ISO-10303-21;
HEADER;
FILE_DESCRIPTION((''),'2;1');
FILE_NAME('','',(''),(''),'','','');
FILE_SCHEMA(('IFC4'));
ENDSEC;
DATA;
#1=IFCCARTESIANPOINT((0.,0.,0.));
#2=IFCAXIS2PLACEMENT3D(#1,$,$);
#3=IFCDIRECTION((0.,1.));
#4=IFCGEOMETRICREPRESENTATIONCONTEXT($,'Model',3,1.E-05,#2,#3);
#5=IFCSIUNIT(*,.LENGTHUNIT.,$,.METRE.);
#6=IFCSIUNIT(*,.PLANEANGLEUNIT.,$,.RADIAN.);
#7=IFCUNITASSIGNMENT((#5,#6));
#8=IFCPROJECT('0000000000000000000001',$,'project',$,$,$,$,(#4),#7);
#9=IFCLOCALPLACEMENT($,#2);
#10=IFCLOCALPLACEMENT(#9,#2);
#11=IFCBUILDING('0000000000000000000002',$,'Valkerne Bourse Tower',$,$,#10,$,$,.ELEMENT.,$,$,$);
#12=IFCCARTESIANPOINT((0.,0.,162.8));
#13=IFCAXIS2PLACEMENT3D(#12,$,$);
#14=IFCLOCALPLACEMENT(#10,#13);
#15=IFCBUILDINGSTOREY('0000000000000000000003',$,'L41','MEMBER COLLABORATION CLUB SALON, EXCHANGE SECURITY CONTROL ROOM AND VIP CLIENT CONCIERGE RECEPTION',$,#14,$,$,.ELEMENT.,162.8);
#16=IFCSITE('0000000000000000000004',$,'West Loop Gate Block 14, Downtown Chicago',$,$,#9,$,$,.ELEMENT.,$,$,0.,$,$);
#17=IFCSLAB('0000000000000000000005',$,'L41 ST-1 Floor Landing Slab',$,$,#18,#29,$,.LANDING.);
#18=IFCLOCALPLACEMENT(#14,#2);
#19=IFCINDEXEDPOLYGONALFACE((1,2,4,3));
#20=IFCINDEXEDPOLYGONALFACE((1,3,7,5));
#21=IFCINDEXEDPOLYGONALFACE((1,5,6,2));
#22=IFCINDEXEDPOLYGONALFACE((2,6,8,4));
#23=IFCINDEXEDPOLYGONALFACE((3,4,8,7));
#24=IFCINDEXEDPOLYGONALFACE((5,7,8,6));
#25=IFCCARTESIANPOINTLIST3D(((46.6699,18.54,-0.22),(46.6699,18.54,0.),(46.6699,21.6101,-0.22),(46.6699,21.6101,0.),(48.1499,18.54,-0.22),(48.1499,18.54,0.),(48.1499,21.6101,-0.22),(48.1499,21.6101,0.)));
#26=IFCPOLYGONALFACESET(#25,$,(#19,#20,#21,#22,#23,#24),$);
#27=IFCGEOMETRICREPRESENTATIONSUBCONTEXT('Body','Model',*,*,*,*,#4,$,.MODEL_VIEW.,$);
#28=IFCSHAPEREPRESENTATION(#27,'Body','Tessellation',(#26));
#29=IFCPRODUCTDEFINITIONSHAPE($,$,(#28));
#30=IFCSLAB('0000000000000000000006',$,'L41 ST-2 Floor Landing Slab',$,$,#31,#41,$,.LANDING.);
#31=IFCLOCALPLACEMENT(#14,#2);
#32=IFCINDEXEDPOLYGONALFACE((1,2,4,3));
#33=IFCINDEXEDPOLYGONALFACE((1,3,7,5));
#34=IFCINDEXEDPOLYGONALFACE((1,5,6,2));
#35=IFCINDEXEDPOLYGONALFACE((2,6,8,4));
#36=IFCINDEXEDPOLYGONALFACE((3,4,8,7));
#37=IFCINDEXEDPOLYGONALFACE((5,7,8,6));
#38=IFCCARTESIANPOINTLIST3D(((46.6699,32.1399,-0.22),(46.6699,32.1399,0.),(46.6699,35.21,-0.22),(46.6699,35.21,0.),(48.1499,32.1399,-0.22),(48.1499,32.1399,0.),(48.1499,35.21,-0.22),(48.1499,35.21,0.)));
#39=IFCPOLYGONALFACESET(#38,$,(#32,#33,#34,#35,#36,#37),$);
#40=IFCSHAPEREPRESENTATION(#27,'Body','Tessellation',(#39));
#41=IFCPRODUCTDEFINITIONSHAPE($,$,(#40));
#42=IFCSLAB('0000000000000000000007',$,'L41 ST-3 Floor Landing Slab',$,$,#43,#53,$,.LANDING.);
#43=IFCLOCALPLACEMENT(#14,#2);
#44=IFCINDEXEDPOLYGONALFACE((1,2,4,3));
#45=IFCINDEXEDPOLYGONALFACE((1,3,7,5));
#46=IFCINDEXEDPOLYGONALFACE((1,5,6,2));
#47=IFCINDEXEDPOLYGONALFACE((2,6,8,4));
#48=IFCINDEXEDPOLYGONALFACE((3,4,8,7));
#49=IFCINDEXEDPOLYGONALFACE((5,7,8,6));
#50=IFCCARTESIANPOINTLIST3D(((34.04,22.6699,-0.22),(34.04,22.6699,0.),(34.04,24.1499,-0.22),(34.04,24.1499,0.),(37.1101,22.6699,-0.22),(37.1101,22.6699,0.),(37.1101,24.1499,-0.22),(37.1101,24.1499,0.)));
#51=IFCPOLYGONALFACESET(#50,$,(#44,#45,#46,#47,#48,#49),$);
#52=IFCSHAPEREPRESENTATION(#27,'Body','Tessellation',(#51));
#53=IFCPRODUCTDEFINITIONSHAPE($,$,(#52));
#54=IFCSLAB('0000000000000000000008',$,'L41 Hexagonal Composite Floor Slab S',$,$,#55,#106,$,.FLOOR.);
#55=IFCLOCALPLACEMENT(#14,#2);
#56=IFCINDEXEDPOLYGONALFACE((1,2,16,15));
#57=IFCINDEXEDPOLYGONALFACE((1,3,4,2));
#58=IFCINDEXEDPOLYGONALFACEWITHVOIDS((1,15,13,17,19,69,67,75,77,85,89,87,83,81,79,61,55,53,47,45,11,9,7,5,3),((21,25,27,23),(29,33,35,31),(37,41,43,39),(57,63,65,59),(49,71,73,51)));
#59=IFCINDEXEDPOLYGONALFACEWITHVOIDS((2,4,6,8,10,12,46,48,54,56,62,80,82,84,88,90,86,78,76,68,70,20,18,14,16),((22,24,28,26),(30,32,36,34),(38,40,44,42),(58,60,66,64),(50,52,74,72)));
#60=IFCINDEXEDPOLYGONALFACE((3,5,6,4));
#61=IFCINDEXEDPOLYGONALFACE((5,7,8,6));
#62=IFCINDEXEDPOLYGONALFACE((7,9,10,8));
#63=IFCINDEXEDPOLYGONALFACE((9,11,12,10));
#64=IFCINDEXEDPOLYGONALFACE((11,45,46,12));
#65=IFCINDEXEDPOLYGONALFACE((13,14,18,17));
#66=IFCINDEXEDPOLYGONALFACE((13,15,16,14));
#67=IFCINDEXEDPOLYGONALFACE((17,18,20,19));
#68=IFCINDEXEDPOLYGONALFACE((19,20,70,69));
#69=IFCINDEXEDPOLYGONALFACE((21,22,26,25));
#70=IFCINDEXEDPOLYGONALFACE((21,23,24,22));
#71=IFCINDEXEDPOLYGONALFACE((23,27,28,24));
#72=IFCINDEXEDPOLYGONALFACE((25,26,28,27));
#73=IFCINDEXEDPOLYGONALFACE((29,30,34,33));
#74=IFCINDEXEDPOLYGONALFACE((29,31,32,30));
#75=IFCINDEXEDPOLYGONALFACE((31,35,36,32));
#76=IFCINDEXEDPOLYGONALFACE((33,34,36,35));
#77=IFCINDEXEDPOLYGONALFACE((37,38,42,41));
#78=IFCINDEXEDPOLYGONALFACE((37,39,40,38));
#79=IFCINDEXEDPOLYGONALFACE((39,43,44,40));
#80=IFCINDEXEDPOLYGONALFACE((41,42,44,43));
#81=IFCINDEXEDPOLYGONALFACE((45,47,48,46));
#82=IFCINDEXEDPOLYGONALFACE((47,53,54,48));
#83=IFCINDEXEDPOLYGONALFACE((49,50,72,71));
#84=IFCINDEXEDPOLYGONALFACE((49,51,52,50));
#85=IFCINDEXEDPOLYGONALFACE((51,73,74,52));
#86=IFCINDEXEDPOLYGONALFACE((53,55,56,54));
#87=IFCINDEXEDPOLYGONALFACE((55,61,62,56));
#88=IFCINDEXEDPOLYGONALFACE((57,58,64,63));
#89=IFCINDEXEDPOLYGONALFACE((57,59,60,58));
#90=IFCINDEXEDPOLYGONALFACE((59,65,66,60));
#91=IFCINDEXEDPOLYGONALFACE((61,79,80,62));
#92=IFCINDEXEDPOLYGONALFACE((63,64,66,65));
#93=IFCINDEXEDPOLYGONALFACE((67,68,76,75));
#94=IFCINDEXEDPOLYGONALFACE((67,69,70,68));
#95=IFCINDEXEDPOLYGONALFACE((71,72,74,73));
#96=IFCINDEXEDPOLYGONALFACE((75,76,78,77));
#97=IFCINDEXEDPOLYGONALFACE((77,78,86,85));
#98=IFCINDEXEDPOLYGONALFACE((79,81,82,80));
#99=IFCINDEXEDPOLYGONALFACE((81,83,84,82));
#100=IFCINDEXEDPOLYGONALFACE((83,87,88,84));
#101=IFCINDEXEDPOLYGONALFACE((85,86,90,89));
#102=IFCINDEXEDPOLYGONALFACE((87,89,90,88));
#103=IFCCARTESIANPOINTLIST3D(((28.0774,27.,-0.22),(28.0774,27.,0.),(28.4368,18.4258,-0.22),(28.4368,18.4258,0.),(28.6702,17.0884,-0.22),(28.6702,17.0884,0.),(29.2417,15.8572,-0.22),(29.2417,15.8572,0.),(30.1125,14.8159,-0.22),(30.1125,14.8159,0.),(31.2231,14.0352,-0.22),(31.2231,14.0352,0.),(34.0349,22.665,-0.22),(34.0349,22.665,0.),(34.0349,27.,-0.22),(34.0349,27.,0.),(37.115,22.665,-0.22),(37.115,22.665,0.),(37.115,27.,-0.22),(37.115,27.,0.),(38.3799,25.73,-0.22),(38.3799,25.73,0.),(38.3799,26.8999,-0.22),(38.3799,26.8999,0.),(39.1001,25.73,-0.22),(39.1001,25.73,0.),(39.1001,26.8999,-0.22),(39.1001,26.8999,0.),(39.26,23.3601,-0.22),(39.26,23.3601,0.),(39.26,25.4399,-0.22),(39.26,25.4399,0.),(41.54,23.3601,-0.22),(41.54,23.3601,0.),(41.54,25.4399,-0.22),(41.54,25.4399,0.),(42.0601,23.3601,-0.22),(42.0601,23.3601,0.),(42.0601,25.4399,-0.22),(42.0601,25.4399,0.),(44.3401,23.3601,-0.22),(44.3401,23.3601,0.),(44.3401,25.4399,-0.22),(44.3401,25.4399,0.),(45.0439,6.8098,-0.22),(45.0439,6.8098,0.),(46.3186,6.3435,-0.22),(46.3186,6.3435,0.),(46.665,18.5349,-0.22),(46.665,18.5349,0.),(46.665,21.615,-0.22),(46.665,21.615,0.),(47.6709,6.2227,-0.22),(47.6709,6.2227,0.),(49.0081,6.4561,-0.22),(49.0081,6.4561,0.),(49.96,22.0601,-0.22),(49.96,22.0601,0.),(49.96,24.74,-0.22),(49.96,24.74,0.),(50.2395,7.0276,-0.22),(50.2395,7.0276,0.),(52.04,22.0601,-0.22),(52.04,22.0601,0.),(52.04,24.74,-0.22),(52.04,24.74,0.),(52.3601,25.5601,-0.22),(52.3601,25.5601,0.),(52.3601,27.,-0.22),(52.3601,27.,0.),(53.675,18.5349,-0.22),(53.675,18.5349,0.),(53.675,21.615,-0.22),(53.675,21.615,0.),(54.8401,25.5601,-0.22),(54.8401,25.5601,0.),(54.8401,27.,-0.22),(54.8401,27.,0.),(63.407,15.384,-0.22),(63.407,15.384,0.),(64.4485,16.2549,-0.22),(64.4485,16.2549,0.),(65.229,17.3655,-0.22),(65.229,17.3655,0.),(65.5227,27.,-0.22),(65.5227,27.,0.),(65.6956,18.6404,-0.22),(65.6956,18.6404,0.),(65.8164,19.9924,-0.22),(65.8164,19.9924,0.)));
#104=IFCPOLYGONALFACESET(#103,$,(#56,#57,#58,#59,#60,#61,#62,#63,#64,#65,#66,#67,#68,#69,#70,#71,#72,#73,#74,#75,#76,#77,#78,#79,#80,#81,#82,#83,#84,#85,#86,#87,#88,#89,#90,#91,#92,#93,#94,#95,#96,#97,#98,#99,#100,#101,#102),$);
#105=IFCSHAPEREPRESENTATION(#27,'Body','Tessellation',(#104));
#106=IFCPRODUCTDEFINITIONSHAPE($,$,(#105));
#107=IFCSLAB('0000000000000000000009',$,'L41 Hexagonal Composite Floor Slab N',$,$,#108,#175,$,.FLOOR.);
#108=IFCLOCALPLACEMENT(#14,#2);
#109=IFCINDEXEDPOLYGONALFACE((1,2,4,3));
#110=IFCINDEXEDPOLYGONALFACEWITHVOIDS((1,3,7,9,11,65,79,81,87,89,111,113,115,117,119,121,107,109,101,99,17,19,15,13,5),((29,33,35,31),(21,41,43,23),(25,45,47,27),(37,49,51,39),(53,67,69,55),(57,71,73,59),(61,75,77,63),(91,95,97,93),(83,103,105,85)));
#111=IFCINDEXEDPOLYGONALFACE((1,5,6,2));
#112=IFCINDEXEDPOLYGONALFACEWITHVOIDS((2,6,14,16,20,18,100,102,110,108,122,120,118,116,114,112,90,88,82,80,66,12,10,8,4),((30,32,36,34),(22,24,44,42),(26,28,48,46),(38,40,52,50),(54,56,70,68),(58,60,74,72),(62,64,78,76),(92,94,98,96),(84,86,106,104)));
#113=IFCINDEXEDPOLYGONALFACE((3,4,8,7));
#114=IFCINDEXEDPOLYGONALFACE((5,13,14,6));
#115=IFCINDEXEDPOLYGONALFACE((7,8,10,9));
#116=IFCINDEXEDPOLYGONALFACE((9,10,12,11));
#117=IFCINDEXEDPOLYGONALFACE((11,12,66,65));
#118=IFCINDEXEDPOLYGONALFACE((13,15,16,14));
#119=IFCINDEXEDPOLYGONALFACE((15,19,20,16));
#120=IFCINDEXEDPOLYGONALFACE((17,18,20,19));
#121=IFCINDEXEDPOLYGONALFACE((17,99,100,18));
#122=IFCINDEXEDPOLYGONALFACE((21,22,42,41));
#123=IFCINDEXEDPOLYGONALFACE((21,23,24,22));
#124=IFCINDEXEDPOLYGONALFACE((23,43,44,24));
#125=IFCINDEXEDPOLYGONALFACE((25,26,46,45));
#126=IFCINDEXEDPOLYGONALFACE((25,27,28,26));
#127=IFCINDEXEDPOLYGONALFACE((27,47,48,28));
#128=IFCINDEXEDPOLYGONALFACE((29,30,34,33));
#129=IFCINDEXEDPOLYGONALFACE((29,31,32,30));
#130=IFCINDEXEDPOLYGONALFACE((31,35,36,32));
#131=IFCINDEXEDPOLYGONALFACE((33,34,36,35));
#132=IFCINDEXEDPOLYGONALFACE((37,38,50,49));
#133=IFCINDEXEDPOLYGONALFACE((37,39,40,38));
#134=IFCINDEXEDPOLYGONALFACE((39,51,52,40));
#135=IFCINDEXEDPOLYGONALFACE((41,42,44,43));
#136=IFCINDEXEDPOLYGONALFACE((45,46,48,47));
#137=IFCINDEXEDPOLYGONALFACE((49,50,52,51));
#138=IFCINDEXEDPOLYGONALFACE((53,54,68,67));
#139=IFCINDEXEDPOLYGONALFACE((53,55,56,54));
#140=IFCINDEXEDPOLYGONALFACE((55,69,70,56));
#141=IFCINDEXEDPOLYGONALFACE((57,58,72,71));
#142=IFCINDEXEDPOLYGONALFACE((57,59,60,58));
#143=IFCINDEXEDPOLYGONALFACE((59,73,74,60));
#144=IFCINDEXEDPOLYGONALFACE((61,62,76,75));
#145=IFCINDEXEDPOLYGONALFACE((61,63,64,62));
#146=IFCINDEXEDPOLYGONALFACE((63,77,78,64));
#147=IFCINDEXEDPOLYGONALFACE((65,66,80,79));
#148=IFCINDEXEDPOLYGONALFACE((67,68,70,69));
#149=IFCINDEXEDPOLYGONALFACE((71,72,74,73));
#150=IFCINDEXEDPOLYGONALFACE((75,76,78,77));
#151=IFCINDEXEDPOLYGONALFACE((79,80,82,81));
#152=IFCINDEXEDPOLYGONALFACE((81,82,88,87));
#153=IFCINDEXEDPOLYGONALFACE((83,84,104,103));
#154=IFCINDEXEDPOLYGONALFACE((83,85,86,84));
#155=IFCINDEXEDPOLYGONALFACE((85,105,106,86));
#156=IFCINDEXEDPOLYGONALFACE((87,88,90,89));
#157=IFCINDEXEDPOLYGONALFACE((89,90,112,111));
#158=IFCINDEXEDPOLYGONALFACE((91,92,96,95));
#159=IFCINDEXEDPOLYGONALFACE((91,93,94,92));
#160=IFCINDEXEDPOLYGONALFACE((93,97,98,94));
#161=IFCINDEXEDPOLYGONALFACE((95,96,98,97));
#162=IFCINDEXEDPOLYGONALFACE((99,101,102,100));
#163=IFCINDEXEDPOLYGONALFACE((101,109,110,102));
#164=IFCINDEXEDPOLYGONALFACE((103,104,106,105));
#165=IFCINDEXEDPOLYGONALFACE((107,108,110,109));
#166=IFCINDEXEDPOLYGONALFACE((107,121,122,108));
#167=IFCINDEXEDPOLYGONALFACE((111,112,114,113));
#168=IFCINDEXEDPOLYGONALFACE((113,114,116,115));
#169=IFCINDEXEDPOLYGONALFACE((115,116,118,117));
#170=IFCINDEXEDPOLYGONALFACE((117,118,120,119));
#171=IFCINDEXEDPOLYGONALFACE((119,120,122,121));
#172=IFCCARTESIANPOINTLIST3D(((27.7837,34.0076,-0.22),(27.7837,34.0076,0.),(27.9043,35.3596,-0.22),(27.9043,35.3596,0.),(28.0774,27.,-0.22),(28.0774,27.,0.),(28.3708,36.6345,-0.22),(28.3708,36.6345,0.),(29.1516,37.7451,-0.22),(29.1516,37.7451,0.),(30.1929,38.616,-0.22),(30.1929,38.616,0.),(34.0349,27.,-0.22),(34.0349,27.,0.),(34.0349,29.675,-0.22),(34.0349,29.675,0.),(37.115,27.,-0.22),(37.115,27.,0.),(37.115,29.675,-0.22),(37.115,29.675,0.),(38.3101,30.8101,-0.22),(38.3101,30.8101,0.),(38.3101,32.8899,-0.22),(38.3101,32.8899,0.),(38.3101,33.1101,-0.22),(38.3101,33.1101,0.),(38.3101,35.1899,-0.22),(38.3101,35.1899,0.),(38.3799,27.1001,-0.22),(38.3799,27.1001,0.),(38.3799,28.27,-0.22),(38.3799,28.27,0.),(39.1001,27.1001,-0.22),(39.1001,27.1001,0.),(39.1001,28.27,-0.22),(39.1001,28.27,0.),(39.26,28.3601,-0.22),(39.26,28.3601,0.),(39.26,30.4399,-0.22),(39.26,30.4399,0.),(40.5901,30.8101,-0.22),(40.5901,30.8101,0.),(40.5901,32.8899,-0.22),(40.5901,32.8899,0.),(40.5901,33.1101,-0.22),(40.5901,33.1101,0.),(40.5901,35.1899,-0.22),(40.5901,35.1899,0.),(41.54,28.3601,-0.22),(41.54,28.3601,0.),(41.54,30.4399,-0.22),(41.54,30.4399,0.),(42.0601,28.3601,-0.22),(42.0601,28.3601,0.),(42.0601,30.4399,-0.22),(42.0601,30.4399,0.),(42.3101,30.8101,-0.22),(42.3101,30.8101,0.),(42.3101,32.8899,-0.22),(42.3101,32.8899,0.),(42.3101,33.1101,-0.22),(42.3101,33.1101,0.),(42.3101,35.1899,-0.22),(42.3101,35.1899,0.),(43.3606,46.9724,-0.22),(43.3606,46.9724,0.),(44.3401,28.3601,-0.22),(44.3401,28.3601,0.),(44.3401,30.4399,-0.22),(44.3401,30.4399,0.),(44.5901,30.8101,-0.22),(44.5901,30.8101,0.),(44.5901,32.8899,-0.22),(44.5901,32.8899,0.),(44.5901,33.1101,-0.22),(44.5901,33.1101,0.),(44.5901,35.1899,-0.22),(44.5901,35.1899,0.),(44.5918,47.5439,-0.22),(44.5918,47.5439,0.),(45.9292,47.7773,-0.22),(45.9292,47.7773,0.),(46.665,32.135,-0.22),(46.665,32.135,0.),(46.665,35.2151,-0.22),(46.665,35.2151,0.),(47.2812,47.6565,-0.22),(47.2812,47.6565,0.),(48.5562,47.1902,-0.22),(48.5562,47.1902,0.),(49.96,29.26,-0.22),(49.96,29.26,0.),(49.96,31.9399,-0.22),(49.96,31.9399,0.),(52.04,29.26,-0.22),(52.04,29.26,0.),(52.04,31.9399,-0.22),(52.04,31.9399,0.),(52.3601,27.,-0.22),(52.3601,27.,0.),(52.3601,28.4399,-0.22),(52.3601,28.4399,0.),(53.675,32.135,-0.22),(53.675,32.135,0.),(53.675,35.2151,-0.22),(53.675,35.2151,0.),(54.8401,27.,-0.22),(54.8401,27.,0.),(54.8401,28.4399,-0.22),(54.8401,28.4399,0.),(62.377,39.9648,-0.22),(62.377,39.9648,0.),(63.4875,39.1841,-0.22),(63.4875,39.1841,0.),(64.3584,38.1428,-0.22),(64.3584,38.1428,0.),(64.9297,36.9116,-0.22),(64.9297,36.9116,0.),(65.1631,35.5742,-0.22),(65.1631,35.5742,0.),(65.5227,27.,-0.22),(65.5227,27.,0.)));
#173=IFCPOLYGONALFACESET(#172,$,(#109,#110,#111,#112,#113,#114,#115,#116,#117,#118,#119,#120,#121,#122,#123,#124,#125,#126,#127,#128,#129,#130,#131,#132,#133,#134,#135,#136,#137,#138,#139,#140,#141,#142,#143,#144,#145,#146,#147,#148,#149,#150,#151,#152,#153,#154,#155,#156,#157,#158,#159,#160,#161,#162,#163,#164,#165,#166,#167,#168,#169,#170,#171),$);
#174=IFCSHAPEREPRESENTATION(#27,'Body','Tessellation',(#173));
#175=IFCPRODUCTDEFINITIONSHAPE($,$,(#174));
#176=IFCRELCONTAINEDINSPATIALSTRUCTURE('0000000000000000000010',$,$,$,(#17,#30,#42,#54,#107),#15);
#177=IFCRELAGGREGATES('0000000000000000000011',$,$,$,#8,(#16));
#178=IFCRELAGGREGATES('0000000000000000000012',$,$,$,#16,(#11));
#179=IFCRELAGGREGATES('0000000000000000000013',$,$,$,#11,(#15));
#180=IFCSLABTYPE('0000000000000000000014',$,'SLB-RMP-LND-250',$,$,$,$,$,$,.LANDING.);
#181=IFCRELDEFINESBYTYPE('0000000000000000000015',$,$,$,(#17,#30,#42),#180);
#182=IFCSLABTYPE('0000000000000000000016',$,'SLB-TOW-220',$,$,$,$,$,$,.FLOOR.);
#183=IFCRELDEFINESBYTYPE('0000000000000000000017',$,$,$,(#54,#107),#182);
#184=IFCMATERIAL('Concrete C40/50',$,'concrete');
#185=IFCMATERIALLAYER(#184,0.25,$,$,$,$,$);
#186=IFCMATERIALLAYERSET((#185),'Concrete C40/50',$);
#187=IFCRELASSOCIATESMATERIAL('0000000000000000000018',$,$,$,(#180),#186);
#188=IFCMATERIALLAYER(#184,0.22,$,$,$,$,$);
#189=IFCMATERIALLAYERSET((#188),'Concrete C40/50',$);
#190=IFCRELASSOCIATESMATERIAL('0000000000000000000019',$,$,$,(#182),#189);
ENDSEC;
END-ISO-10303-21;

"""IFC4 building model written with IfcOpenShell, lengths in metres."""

from ifc_helpers import new_model, si_unit, direction, frame, origin, place, context, subcontext, project, spatial, polyline, outline, extrude, material, layer, layer_set, type_object, element, save


model = new_model("IFC4")

# Units and contexts
model_context = context("Model", 3, precision=1e-05, world=origin(), true_north=direction((0.0, 1.0)))
body_context = subcontext(model_context, "Body", "Model", "MODEL_VIEW")
ifc_project = project(units=[si_unit("LENGTHUNIT", "METRE"), si_unit("PLANEANGLEUNIT", "RADIAN")], contexts=[model_context])

# Site, building, storey
site_placement = place(None, origin())
site = spatial("IfcSite", under=ifc_project, at=site_placement, Name="West Loop Gate Block 14, Downtown Chicago", CompositionType="ELEMENT", RefElevation=0.0)
building_placement = place(site_placement, origin())
building = spatial("IfcBuilding", under=site, at=building_placement, Name="Valkerne Bourse Tower", CompositionType="ELEMENT")
storey_placement = place(building_placement, frame((0.0, 0.0, 162.8)))
storey = spatial("IfcBuildingStorey", under=building, at=storey_placement, Name="L41", Description="MEMBER COLLABORATION CLUB SALON, EXCHANGE SECURITY CONTROL ROOM AND VIP CLIENT CONCIERGE RECEPTION", CompositionType="ELEMENT", Elevation=162.8)

# Slabs
ifc_material_1 = material(Name="Concrete C40/50", Category="concrete")
ifc_layer_1 = layer(ifc_material_1, 0.25)
ifc_layer_set_1 = layer_set([ifc_layer_1], Name="Concrete C40/50")
slab_type_1 = type_object("IfcSlabType", Name="SLB-RMP-LND-250", PredefinedType="LANDING", material=ifc_layer_set_1)
slab_1_placement = place(storey_placement, frame((0.0, 0.0, -0.22)))
element("IfcSlab", 1, at=slab_1_placement, inside=storey, type_object=slab_type_1, Name="L41 ST-1 Floor Landing Slab", PredefinedType="LANDING", context=body_context, shape_type="SweptSolid", body=[
    extrude(outline(polyline([(46.6699, 18.54), (48.1499, 18.54), (48.1499, 21.6101), (46.6699, 21.6101), (46.6699, 18.54)])), origin(), (0.0, 0.0, 1.0), 0.22),
])
slab_2_placement = place(storey_placement, frame((0.0, 0.0, -0.22)))
element("IfcSlab", 2, at=slab_2_placement, inside=storey, type_object=slab_type_1, Name="L41 ST-2 Floor Landing Slab", PredefinedType="LANDING", context=body_context, shape_type="SweptSolid", body=[
    extrude(outline(polyline([(46.6699, 32.1399), (48.1499, 32.1399), (48.1499, 35.21), (46.6699, 35.21), (46.6699, 32.1399)])), origin(), (0.0, 0.0, 1.0), 0.22),
])
slab_3_placement = place(storey_placement, frame((0.0, 0.0, -0.22)))
element("IfcSlab", 3, at=slab_3_placement, inside=storey, type_object=slab_type_1, Name="L41 ST-3 Floor Landing Slab", PredefinedType="LANDING", context=body_context, shape_type="SweptSolid", body=[
    extrude(outline(polyline([(37.1101, 22.6699), (37.1101, 24.1499), (34.04, 24.1499), (34.04, 22.6699), (37.1101, 22.6699)])), origin(), (0.0, 0.0, 1.0), 0.22),
])
ifc_layer_2 = layer(ifc_material_1, 0.22)
ifc_layer_set_2 = layer_set([ifc_layer_2], Name="Concrete C40/50")
slab_type_2 = type_object("IfcSlabType", Name="SLB-TOW-220", PredefinedType="FLOOR", material=ifc_layer_set_2)
slab_4_placement = place(storey_placement, frame((0.0, 0.0, -0.22)))
element("IfcSlab", 4, at=slab_4_placement, inside=storey, type_object=slab_type_2, Name="L41 Hexagonal Composite Floor Slab S", PredefinedType="FLOOR", context=body_context, shape_type="SweptSolid", body=[
    extrude(outline(polyline([(65.6956, 18.6404), (65.229, 17.3655), (64.4485, 16.2549), (63.407, 15.384), (50.2395, 7.0276), (49.0081, 6.4561), (47.6709, 6.2227), (46.3186, 6.3435), (45.0439, 6.8098), (31.2231, 14.0352), (30.1125, 14.8159), (29.2417, 15.8572), (28.6702, 17.0884), (28.4368, 18.4258), (28.0774, 27.0), (34.0349, 27.0), (34.0349, 22.665), (37.115, 22.665), (37.115, 27.0), (52.3601, 27.0), (52.3601, 25.5601), (54.8401, 25.5601), (54.8401, 27.0), (65.5227, 27.0), (65.8164, 19.9924), (65.6956, 18.6404)]), holes=[polyline([(41.54, 25.4399), (39.26, 25.4399), (39.26, 23.3601), (41.54, 23.3601), (41.54, 25.4399)]), polyline([(44.3401, 25.4399), (42.0601, 25.4399), (42.0601, 23.3601), (44.3401, 23.3601), (44.3401, 25.4399)]), polyline([(39.1001, 26.8999), (38.3799, 26.8999), (38.3799, 25.73), (39.1001, 25.73), (39.1001, 26.8999)]), polyline([(53.675, 21.615), (46.665, 21.615), (46.665, 18.5349), (53.675, 18.5349), (53.675, 21.615)]), polyline([(52.04, 24.74), (49.96, 24.74), (49.96, 22.0601), (52.04, 22.0601), (52.04, 24.74)])]), origin(), (0.0, 0.0, 1.0), 0.22),
])
slab_5_placement = place(storey_placement, frame((0.0, 0.0, -0.22)))
element("IfcSlab", 5, at=slab_5_placement, inside=storey, type_object=slab_type_2, Name="L41 Hexagonal Composite Floor Slab N", PredefinedType="FLOOR", context=body_context, shape_type="SweptSolid", body=[
    extrude(outline(polyline([(27.7837, 34.0076), (27.9043, 35.3596), (28.3708, 36.6345), (29.1516, 37.7451), (30.1929, 38.616), (43.3606, 46.9724), (44.5918, 47.5439), (45.9292, 47.7773), (47.2812, 47.6565), (48.5562, 47.1902), (62.377, 39.9648), (63.4875, 39.1841), (64.3584, 38.1428), (64.9297, 36.9116), (65.1631, 35.5742), (65.5227, 27.0), (54.8401, 27.0), (54.8401, 28.4399), (52.3601, 28.4399), (52.3601, 27.0), (37.115, 27.0), (37.115, 29.675), (34.0349, 29.675), (34.0349, 27.0), (28.0774, 27.0), (27.7837, 34.0076)]), holes=[polyline([(39.1001, 28.27), (38.3799, 28.27), (38.3799, 27.1001), (39.1001, 27.1001), (39.1001, 28.27)]), polyline([(41.54, 30.4399), (39.26, 30.4399), (39.26, 28.3601), (41.54, 28.3601), (41.54, 30.4399)]), polyline([(40.5901, 32.8899), (38.3101, 32.8899), (38.3101, 30.8101), (40.5901, 30.8101), (40.5901, 32.8899)]), polyline([(40.5901, 35.1899), (38.3101, 35.1899), (38.3101, 33.1101), (40.5901, 33.1101), (40.5901, 35.1899)]), polyline([(44.3401, 30.4399), (42.0601, 30.4399), (42.0601, 28.3601), (44.3401, 28.3601), (44.3401, 30.4399)]), polyline([(52.04, 31.9399), (49.96, 31.9399), (49.96, 29.26), (52.04, 29.26), (52.04, 31.9399)]), polyline([(44.5901, 32.8899), (42.3101, 32.8899), (42.3101, 30.8101), (44.5901, 30.8101), (44.5901, 32.8899)]), polyline([(53.675, 35.2151), (46.665, 35.2151), (46.665, 32.135), (53.675, 32.135), (53.675, 35.2151)]), polyline([(44.5901, 35.1899), (42.3101, 35.1899), (42.3101, 33.1101), (44.5901, 33.1101), (44.5901, 35.1899)])]), origin(), (0.0, 0.0, 1.0), 0.22),
])

save(model, "model.ifc")
